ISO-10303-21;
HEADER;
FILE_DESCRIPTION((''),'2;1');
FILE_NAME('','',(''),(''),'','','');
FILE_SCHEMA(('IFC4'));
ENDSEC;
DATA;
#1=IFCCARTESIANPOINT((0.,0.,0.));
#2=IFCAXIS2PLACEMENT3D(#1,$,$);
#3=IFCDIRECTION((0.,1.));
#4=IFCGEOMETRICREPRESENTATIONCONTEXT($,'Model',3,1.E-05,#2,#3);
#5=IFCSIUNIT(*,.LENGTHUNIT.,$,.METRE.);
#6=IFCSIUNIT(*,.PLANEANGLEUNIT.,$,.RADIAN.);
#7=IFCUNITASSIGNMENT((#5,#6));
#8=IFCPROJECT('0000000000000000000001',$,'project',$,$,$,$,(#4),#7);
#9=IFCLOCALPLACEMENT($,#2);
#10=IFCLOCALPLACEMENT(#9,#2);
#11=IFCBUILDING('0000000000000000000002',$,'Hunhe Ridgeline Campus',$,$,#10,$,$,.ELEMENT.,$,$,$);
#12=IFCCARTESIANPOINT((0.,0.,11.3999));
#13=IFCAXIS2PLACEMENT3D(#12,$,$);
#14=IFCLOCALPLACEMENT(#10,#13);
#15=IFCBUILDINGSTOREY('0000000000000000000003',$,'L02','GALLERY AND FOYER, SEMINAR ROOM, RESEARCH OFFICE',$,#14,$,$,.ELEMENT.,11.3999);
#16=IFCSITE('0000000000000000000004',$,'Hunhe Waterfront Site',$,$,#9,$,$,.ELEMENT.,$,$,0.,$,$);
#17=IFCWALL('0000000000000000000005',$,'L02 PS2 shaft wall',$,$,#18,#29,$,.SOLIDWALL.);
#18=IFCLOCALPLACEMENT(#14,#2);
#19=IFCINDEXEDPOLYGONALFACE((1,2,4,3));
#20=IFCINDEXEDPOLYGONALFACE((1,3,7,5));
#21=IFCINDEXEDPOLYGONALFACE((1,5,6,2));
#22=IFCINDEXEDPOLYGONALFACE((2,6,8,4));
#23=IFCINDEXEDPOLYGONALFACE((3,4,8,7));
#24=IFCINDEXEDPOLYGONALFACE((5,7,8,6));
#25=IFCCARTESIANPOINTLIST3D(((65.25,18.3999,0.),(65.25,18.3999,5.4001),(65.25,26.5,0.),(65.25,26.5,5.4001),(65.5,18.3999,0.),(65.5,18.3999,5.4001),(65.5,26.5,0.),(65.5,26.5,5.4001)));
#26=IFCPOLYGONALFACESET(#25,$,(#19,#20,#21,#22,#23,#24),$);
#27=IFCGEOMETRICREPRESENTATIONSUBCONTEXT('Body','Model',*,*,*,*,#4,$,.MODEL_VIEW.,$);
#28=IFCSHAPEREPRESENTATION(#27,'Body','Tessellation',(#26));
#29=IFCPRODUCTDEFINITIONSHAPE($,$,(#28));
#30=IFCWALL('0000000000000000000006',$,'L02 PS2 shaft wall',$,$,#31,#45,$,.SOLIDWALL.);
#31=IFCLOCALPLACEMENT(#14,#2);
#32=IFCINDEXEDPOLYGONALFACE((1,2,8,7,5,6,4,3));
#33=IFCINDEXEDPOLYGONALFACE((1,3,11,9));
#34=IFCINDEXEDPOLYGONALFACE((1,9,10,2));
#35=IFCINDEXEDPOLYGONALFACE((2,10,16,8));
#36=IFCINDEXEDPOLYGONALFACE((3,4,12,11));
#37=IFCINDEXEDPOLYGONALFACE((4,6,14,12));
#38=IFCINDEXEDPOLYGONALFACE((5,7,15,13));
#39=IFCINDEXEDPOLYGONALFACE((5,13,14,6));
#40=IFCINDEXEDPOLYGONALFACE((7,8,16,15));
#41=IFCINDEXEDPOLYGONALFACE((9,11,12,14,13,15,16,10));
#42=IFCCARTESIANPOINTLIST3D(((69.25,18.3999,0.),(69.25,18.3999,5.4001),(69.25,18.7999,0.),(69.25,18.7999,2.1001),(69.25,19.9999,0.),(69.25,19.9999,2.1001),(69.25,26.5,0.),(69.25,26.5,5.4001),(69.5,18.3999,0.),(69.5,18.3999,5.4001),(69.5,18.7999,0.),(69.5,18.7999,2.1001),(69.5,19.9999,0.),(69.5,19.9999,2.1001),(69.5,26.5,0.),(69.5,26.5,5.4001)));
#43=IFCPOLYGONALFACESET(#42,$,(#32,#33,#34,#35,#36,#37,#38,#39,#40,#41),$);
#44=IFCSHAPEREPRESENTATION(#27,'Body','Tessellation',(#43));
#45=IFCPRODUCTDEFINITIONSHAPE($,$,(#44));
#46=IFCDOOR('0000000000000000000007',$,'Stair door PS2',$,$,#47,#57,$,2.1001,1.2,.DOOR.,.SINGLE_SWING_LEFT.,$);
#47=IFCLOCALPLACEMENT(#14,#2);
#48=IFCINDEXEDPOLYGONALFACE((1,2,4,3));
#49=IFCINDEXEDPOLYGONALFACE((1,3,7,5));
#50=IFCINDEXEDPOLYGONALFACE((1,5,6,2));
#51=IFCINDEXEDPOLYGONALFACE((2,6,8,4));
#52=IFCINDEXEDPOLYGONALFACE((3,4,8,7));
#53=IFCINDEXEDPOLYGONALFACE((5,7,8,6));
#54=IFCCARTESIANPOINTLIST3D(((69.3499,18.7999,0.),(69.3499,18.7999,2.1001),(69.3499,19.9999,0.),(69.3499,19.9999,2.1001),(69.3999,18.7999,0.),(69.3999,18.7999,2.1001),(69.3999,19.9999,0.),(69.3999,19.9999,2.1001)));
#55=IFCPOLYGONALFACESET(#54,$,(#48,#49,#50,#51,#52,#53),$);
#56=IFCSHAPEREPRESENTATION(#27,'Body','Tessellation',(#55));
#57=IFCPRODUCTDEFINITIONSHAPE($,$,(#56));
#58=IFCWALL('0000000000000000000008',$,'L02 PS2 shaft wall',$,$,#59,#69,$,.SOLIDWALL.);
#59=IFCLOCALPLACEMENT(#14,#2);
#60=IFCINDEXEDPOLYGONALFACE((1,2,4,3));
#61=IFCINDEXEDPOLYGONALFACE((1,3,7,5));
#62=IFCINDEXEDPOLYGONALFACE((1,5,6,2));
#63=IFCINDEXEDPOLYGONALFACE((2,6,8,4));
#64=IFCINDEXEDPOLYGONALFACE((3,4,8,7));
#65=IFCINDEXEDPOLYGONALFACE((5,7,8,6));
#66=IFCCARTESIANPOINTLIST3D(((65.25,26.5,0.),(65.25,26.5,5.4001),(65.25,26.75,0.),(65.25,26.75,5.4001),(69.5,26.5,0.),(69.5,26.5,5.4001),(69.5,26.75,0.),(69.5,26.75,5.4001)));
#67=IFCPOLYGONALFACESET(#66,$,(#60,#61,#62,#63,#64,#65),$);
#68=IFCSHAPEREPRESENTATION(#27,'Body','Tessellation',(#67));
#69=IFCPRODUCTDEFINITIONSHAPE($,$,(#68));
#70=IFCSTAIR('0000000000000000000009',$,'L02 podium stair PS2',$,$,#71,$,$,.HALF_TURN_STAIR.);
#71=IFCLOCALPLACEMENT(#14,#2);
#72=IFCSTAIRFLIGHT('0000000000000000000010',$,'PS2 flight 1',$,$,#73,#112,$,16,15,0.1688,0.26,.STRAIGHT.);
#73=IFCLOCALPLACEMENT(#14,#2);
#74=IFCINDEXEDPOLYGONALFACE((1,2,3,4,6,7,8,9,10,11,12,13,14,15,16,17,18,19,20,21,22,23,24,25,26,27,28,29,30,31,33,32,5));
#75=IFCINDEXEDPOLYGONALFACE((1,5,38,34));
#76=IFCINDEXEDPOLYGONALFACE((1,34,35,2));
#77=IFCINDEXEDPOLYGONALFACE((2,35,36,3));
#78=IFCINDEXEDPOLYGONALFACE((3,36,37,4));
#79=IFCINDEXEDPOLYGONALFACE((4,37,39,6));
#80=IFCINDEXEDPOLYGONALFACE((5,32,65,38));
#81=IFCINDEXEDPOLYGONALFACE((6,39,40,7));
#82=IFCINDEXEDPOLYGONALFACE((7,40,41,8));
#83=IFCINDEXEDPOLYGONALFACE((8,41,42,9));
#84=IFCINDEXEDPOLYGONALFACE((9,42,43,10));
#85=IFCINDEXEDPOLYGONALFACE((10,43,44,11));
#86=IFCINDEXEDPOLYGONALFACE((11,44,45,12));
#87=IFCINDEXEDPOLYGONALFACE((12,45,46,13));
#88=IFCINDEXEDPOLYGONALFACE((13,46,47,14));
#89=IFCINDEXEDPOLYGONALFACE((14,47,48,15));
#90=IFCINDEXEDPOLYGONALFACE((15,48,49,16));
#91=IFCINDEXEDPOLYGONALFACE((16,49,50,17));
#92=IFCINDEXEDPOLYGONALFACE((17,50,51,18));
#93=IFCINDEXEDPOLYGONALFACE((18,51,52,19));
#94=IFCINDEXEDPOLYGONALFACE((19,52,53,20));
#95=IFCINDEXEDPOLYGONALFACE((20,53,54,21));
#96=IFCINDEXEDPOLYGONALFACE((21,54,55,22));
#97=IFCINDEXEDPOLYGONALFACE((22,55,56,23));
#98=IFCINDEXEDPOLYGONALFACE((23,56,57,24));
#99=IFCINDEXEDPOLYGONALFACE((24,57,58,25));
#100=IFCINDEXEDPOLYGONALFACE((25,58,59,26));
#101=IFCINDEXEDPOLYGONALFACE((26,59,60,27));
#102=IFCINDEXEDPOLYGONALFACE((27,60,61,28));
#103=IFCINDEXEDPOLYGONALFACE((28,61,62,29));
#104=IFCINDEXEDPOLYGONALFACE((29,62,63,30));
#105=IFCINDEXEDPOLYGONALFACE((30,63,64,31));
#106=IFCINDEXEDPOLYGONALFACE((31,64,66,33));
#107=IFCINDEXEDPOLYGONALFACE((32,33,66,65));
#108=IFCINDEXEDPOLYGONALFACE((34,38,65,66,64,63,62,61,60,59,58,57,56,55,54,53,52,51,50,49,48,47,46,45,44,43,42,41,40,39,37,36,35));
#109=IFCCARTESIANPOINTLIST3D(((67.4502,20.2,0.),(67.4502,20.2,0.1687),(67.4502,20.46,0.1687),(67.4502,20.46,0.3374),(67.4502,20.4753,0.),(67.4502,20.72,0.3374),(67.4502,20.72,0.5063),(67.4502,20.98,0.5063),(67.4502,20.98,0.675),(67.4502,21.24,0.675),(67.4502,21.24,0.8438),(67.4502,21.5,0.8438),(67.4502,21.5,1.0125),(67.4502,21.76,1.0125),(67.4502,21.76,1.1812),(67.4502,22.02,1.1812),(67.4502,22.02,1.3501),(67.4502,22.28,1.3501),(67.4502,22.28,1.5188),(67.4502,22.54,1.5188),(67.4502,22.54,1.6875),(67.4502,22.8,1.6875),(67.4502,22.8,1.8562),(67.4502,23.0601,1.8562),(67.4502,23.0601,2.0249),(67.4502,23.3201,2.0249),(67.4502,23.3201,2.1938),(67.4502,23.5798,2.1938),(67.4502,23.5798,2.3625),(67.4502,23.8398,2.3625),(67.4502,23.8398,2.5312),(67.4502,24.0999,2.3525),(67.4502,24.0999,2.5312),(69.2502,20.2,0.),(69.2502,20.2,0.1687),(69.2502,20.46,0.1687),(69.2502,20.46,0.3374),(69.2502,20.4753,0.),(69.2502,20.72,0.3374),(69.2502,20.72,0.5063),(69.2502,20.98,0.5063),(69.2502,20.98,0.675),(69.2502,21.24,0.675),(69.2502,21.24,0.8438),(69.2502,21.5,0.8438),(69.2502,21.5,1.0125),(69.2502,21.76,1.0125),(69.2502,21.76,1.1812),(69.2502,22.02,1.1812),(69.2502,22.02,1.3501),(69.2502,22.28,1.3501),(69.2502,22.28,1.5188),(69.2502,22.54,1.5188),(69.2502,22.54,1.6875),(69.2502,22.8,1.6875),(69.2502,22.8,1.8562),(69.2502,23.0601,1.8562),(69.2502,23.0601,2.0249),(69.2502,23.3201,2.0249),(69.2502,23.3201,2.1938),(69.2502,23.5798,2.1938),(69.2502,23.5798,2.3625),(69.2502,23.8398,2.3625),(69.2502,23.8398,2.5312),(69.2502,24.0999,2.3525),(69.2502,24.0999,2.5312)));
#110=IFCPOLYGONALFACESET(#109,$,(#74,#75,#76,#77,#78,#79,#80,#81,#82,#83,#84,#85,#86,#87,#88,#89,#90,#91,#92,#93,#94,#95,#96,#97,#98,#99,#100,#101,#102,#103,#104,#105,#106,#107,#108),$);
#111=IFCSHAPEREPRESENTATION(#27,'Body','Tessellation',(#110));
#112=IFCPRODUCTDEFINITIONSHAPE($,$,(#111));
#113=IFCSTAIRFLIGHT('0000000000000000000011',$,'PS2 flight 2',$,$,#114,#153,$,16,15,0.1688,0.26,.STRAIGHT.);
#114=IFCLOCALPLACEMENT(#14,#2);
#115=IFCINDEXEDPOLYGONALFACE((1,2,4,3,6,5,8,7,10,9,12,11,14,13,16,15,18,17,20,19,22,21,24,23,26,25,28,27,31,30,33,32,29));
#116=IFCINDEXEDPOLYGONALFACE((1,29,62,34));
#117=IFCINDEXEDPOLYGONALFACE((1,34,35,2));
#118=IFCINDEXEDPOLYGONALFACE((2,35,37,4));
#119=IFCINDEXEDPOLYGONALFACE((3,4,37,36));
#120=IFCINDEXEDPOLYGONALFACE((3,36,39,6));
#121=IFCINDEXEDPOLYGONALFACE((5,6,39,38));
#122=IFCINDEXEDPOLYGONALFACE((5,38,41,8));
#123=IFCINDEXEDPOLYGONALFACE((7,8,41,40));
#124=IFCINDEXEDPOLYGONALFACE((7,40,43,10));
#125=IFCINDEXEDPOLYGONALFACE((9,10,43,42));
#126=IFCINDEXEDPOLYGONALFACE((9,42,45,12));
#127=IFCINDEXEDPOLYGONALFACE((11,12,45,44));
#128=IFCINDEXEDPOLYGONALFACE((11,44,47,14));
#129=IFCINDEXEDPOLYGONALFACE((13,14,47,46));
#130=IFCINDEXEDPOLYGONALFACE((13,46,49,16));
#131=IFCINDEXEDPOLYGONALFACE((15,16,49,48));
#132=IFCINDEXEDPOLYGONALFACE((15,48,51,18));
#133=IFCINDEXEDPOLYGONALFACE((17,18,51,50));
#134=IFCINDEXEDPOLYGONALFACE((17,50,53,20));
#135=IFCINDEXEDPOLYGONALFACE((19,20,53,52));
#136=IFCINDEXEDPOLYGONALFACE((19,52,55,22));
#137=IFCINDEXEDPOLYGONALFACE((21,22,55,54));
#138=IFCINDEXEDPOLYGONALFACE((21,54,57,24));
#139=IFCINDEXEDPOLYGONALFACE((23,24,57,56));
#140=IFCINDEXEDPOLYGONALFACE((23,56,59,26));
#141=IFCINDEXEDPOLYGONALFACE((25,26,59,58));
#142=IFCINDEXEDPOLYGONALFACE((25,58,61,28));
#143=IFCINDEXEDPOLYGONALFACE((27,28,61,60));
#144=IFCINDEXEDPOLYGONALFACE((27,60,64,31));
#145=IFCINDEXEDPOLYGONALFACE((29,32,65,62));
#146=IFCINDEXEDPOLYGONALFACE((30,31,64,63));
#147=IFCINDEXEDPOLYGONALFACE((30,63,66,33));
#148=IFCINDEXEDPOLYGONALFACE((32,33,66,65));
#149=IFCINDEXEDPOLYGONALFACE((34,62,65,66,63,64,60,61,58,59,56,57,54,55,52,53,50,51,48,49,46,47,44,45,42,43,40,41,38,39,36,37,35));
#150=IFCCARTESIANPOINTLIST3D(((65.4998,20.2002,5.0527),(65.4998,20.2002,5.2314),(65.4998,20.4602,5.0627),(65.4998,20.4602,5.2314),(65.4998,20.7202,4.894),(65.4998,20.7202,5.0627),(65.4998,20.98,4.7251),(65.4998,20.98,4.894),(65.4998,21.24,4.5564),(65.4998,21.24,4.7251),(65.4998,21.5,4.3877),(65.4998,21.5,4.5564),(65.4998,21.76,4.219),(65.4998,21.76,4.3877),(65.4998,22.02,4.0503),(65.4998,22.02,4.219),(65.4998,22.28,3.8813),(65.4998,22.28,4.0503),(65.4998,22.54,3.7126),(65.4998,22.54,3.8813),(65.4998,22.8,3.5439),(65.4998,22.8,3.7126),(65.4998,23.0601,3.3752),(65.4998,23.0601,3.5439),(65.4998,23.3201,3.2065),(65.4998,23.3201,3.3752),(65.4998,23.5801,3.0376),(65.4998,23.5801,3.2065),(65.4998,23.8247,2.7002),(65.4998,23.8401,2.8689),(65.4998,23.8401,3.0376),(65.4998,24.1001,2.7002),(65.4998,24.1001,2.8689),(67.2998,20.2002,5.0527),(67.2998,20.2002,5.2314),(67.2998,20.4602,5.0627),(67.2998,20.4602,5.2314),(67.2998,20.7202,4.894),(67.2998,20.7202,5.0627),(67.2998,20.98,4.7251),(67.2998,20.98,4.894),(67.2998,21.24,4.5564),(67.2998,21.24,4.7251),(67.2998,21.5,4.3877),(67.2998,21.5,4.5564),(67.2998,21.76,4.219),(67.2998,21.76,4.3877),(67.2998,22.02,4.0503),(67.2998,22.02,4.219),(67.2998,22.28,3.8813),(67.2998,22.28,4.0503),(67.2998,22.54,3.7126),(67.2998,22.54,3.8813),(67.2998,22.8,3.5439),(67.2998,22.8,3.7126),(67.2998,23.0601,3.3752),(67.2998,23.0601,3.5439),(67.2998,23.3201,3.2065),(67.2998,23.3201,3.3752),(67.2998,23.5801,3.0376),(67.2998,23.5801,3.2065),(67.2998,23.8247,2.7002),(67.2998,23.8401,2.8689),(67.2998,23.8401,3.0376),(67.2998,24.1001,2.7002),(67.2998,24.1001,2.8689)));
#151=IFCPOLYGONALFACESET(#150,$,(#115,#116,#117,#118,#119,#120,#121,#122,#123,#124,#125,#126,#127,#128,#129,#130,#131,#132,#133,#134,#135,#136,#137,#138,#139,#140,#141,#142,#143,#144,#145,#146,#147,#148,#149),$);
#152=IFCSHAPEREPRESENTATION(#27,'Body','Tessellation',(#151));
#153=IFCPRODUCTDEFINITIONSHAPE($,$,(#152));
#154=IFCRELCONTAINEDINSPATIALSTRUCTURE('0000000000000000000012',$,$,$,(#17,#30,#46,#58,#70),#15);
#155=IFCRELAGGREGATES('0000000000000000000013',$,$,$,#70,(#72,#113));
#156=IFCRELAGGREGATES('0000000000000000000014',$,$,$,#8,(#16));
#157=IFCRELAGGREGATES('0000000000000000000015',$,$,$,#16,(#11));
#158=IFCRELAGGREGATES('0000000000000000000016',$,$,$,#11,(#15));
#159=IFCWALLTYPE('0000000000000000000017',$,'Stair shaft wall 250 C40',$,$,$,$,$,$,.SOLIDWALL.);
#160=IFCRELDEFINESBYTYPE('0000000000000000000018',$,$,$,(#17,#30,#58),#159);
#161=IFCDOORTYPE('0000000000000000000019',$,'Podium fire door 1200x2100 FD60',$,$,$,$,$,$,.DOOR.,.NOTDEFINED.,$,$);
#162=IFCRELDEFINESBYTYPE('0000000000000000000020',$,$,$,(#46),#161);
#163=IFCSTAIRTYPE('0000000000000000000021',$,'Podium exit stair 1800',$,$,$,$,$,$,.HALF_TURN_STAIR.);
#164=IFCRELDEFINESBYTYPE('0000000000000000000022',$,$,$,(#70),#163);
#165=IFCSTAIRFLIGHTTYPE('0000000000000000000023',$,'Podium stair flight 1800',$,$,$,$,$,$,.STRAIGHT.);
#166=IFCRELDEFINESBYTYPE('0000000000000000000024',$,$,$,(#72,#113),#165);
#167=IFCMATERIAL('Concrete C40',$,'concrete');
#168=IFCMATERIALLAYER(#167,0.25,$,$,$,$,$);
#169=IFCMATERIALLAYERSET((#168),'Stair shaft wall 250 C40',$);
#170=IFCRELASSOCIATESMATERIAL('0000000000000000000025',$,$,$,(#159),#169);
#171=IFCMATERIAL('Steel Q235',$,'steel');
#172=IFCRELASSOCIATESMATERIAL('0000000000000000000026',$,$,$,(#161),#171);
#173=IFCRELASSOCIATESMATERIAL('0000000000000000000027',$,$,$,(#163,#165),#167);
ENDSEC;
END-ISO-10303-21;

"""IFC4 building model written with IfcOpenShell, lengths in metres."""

from ifc_helpers import new_model, si_unit, direction, frame, frame_2d, origin, place, context, subcontext, project, spatial, polyline, rectangle, outline, extrude, material, layer, layer_set, type_object, element, fill, aggregate, save


model = new_model("IFC4")

# Units and contexts
model_context = context("Model", 3, precision=1e-05, world=origin(), true_north=direction((0.0, 1.0)))
body_context = subcontext(model_context, "Body", "Model", "MODEL_VIEW")
ifc_project = project(units=[si_unit("LENGTHUNIT", "METRE"), si_unit("PLANEANGLEUNIT", "RADIAN")], contexts=[model_context])

# Site, building, storey
site_placement = place(None, origin())
site = spatial("IfcSite", under=ifc_project, at=site_placement, Name="Hunhe Waterfront Site", CompositionType="ELEMENT", RefElevation=0.0)
building_placement = place(site_placement, origin())
building = spatial("IfcBuilding", under=site, at=building_placement, Name="Hunhe Ridgeline Campus", CompositionType="ELEMENT")
storey_placement = place(building_placement, frame((0.0, 0.0, 11.3999)))
storey = spatial("IfcBuildingStorey", under=building, at=storey_placement, Name="L02", Description="GALLERY AND FOYER, SEMINAR ROOM, RESEARCH OFFICE", CompositionType="ELEMENT", Elevation=11.3999)

# Wall
ifc_material_1 = material(Name="Concrete C40", Category="concrete")
ifc_layer_1 = layer(ifc_material_1, 0.25)
ifc_layer_set_1 = layer_set([ifc_layer_1], Name="Stair shaft wall 250 C40")
wall_type_1 = type_object("IfcWallType", Name="Stair shaft wall 250 C40", PredefinedType="SOLIDWALL", material=ifc_layer_set_1)
wall_1_placement = place(storey_placement, frame((65.375, 18.3999, 0.0), z_axis=(0.0, 0.0, 1.0), x_axis=(0.0, 1.0, 0.0)))
element("IfcWall", 1, at=wall_1_placement, inside=storey, type_object=wall_type_1, Name="L02 PS2 shaft wall", PredefinedType="SOLIDWALL", context=body_context, shape_type="SweptSolid", body=[
    extrude(rectangle(XDim=8.1001, YDim=0.25, at=frame_2d((4.05, 0.0))), origin(), (0.0, 0.0, 1.0), 5.4001),
])

# Wall, opening, door
wall_2_placement = place(storey_placement, frame((69.375, 26.5, 0.0), z_axis=(0.0, 0.0, 1.0), x_axis=(0.0, -1.0, 0.0)))
wall_2 = element("IfcWall", 2, at=wall_2_placement, inside=storey, type_object=wall_type_1, Name="L02 PS2 shaft wall", PredefinedType="SOLIDWALL", context=body_context, shape_type="SweptSolid", body=[
    extrude(rectangle(XDim=8.1001, YDim=0.25, at=frame_2d((4.05, 0.0))), origin(), (0.0, 0.0, 1.0), 5.4001),
])
opening_placement = place(wall_2_placement, frame((6.5, 0.0, 0.0)))
opening = element("IfcOpeningElement", 3, at=opening_placement, cuts=wall_2, PredefinedType="OPENING", context=body_context, shape_type="SweptSolid", body=[
    extrude(rectangle(XDim=1.2, YDim=2.1001, at=frame_2d((0.6001, 1.05))), frame((0.0, 0.125, 0.0), z_axis=(0.0, -1.0, 0.0), x_axis=(1.0, 0.0, 0.0)), (0.0, 0.0, 1.0), 0.25),
])
ifc_material_2 = material(Name="Steel Q235", Category="steel")
door_type = type_object("IfcDoorType", Name="Podium fire door 1200x2100 FD60", OperationType="NOTDEFINED", PredefinedType="DOOR", material=ifc_material_2)
door_placement = place(opening_placement, origin())
door = element("IfcDoor", 4, at=door_placement, inside=storey, type_object=door_type, Name="Stair door PS2", OperationType="SINGLE_SWING_LEFT", OverallHeight=2.1001, OverallWidth=1.2, PredefinedType="DOOR", context=body_context, shape_type="SweptSolid", body=[
    extrude(rectangle(XDim=1.2, YDim=2.1001, at=frame_2d((0.6001, 1.05))), frame((0.0, 0.0249, 0.0), z_axis=(0.0, -1.0, 0.0), x_axis=(1.0, 0.0, 0.0)), (0.0, 0.0, 1.0), 0.05),
])
fill(opening, door)

# Wall
wall_3_placement = place(storey_placement, frame((65.25, 26.625, 0.0), z_axis=(0.0, 0.0, 1.0), x_axis=(1.0, 0.0, 0.0)))
element("IfcWall", 5, at=wall_3_placement, inside=storey, type_object=wall_type_1, Name="L02 PS2 shaft wall", PredefinedType="SOLIDWALL", context=body_context, shape_type="SweptSolid", body=[
    extrude(rectangle(XDim=4.25, YDim=0.25, at=frame_2d((2.125, 0.0))), origin(), (0.0, 0.0, 1.0), 5.4001),
])

# Stair, stair flights
stair_type = type_object("IfcStairType", Name="Podium exit stair 1800", PredefinedType="HALF_TURN_STAIR", material=ifc_material_1)
stair_placement = place(storey_placement, origin())
stair = element("IfcStair", 6, at=stair_placement, inside=storey, type_object=stair_type, Name="L02 podium stair PS2", PredefinedType="HALF_TURN_STAIR")
stair_flight_type = type_object("IfcStairFlightType", Name="Podium stair flight 1800", PredefinedType="STRAIGHT", material=ifc_material_1)
stair_flight_1_placement = place(storey_placement, frame((68.3501, 20.2, 0.0), z_axis=(0.0, 0.0, 1.0), x_axis=(0.0, 1.0, 0.0)))
stair_flight_1 = element("IfcStairFlight", 7, at=stair_flight_1_placement, type_object=stair_flight_type, Name="PS2 flight 1", NumberOfRisers=16, NumberOfTreads=15, PredefinedType="STRAIGHT", RiserHeight=0.1688, TreadLength=0.26, context=body_context, shape_type="SweptSolid", body=[
    extrude(outline(polyline([(0.0, 0.0), (0.0, 0.1687), (0.26, 0.1687), (0.26, 0.3374), (0.52, 0.3374), (0.52, 0.5063), (0.78, 0.5063), (0.78, 0.675), (1.04, 0.675), (1.04, 0.8438), (1.3, 0.8438), (1.3, 1.0125), (1.5601, 1.0125), (1.5601, 1.1812), (1.8201, 1.1812), (1.8201, 1.3501), (2.0801, 1.3501), (2.0801, 1.5188), (2.3401, 1.5188), (2.3401, 1.6875), (2.6001, 1.6875), (2.6001, 1.8562), (2.8601, 1.8562), (2.8601, 2.0249), (3.1201, 2.0249), (3.1201, 2.1938), (3.3799, 2.1938), (3.3799, 2.3625), (3.6399, 2.3625), (3.6399, 2.5312), (3.8999, 2.5312), (3.8999, 2.7), (3.8999, 2.3525), (0.2754, 0.0), (0.0, 0.0)])), frame((0.0, 0.8999, 0.0), z_axis=(0.0, -1.0, 0.0), x_axis=(1.0, 0.0, 0.0)), (0.0, 0.0, 1.0), 1.8),
])
stair_flight_2_placement = place(storey_placement, frame((66.3999, 24.1001, 2.7002), z_axis=(0.0, 0.0, 1.0), x_axis=(0.0, -1.0, 0.0)))
stair_flight_2 = element("IfcStairFlight", 8, at=stair_flight_2_placement, type_object=stair_flight_type, Name="PS2 flight 2", NumberOfRisers=16, NumberOfTreads=15, PredefinedType="STRAIGHT", RiserHeight=0.1688, TreadLength=0.26, context=body_context, shape_type="SweptSolid", body=[
    extrude(outline(polyline([(0.0, 0.0), (0.0, 0.1687), (0.26, 0.1687), (0.26, 0.3374), (0.52, 0.3374), (0.52, 0.5063), (0.78, 0.5063), (0.78, 0.675), (1.04, 0.675), (1.04, 0.8438), (1.3, 0.8438), (1.3, 1.0125), (1.5601, 1.0125), (1.5601, 1.1812), (1.8201, 1.1812), (1.8201, 1.3501), (2.0801, 1.3501), (2.0801, 1.5188), (2.3401, 1.5188), (2.3401, 1.6875), (2.6001, 1.6875), (2.6001, 1.8562), (2.8601, 1.8562), (2.8601, 2.0249), (3.1201, 2.0249), (3.1201, 2.1938), (3.3799, 2.1938), (3.3799, 2.3625), (3.6399, 2.3625), (3.6399, 2.5312), (3.8999, 2.5312), (3.8999, 2.7), (3.8999, 2.3525), (0.2754, 0.0), (0.0, 0.0)])), frame((0.0, 0.8999, 0.0), z_axis=(0.0, -1.0, 0.0), x_axis=(1.0, 0.0, 0.0)), (0.0, 0.0, 1.0), 1.8),
])
aggregate(stair, [stair_flight_1, stair_flight_2])

save(model, "model.ifc")
